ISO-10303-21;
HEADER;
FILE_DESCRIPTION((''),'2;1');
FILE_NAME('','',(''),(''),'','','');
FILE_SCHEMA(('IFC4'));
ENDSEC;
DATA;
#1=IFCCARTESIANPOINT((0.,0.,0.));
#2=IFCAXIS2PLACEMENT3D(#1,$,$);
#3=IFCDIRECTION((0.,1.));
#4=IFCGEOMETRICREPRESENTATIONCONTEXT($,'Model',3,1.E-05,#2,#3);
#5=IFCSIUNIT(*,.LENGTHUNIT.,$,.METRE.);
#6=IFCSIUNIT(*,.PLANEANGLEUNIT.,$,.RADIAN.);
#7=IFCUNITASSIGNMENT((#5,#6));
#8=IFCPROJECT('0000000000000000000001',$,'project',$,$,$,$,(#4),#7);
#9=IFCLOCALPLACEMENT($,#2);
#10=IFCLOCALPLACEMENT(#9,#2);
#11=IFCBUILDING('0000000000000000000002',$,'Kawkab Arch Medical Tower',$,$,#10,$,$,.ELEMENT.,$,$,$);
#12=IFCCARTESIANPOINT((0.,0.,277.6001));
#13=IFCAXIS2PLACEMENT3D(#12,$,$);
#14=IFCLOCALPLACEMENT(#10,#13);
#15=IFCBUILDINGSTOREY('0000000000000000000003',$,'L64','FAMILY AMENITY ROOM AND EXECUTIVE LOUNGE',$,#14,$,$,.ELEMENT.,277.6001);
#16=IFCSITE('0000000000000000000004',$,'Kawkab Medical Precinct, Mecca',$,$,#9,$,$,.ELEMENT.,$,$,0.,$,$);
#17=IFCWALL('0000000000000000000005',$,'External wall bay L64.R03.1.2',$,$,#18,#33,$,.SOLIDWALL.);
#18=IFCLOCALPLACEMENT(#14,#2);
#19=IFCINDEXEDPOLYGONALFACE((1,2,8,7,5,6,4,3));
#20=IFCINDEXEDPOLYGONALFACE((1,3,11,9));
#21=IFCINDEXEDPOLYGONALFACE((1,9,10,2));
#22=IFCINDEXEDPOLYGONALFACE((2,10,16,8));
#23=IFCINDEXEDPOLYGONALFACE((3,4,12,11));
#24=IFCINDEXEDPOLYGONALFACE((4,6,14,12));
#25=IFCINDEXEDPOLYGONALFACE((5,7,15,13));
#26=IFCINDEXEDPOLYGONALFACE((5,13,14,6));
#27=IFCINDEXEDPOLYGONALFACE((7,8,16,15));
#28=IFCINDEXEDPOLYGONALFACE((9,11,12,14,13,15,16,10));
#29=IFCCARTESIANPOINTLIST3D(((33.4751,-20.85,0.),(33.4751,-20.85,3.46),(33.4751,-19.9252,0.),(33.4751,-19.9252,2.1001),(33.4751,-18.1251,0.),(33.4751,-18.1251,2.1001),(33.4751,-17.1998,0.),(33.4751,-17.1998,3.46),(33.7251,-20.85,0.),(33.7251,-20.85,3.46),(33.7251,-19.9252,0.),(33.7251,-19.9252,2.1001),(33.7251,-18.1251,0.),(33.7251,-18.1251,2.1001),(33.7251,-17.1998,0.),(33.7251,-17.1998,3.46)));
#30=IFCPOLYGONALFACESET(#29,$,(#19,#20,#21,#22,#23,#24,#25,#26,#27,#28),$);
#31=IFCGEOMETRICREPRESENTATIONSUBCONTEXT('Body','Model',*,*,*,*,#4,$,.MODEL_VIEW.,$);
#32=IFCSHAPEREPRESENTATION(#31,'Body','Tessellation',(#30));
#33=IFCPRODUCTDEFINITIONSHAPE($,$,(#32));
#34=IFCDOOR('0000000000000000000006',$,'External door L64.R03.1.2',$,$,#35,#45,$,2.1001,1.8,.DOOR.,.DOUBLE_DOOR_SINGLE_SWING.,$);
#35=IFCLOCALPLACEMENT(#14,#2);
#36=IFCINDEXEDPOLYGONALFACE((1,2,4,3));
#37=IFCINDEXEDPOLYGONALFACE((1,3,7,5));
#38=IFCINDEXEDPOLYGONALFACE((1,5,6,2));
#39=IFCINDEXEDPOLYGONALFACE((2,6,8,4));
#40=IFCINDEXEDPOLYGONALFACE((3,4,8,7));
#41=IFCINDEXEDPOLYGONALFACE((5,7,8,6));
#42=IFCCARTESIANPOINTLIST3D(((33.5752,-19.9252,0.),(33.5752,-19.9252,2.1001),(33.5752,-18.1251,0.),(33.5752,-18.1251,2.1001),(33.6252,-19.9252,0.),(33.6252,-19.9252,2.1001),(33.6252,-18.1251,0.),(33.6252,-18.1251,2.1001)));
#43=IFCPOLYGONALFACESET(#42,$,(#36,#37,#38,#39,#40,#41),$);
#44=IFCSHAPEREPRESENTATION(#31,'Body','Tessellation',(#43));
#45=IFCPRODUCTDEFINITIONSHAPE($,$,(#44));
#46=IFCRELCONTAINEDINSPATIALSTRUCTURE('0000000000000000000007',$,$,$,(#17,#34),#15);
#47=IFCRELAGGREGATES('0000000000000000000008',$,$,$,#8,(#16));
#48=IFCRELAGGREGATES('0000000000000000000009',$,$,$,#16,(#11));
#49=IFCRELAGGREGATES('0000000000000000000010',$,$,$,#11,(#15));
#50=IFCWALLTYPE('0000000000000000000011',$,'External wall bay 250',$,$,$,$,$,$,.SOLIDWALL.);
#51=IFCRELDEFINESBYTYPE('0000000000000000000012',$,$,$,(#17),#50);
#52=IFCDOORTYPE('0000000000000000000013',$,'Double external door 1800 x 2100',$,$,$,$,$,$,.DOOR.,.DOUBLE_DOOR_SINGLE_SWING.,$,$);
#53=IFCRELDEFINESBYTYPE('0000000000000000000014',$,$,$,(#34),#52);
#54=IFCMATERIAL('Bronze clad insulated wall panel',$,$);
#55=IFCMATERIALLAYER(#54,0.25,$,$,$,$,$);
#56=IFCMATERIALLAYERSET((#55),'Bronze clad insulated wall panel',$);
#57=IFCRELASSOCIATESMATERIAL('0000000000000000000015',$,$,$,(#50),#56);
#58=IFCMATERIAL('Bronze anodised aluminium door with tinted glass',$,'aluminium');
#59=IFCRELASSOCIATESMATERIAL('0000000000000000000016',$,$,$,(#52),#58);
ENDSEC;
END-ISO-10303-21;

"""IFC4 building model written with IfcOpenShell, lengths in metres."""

from ifc_helpers import new_model, si_unit, direction, frame, frame_2d, origin, place, context, subcontext, project, spatial, rectangle, extrude, material, layer, layer_set, type_object, element, fill, save


model = new_model("IFC4")

# Units and contexts
model_context = context("Model", 3, precision=1e-05, world=origin(), true_north=direction((0.0, 1.0)))
body_context = subcontext(model_context, "Body", "Model", "MODEL_VIEW")
ifc_project = project(units=[si_unit("LENGTHUNIT", "METRE"), si_unit("PLANEANGLEUNIT", "RADIAN")], contexts=[model_context])

# Site, building, storey
site_placement = place(None, origin())
site = spatial("IfcSite", under=ifc_project, at=site_placement, Name="Kawkab Medical Precinct, Mecca", CompositionType="ELEMENT", RefElevation=0.0)
building_placement = place(site_placement, origin())
building = spatial("IfcBuilding", under=site, at=building_placement, Name="Kawkab Arch Medical Tower", CompositionType="ELEMENT")
storey_placement = place(building_placement, frame((0.0, 0.0, 277.6001)))
storey = spatial("IfcBuildingStorey", under=building, at=storey_placement, Name="L64", Description="FAMILY AMENITY ROOM AND EXECUTIVE LOUNGE", CompositionType="ELEMENT", Elevation=277.6001)

# Wall, opening, door
ifc_material_1 = material(Name="Bronze clad insulated wall panel")
ifc_layer_1 = layer(ifc_material_1, 0.25)
ifc_layer_set_1 = layer_set([ifc_layer_1], Name="Bronze clad insulated wall panel")
wall_type_1 = type_object("IfcWallType", Name="External wall bay 250", PredefinedType="SOLIDWALL", material=ifc_layer_set_1)
wall_1_placement = place(storey_placement, frame((33.6001, -20.8501, 0.0), z_axis=(0.0, 0.0, 1.0), x_axis=(0.0, 1.0, 0.0)))
wall_1 = element("IfcWall", 1, at=wall_1_placement, inside=storey, type_object=wall_type_1, Name="External wall bay L64.R03.1.2", PredefinedType="SOLIDWALL", context=body_context, shape_type="SweptSolid", body=[
    extrude(rectangle(XDim=3.6501, YDim=0.25, at=frame_2d((1.8252, 0.0))), origin(), (0.0, 0.0, 1.0), 3.46),
])
opening_1_placement = place(wall_1_placement, frame((0.925, 0.0, 0.0)))
opening_1 = element("IfcOpeningElement", 2, at=opening_1_placement, cuts=wall_1, PredefinedType="OPENING", context=body_context, shape_type="SweptSolid", body=[
    extrude(rectangle(XDim=1.8, YDim=2.1001, at=frame_2d((0.8999, 1.05))), frame((0.0, 0.135, 0.0), z_axis=(0.0, -1.0, 0.0), x_axis=(1.0, 0.0, 0.0)), (0.0, 0.0, 1.0), 0.27),
])
ifc_material_2 = material(Name="Bronze anodised aluminium door with tinted glass", Category="aluminium")
door_type_1 = type_object("IfcDoorType", Name="Double external door 1800 x 2100", OperationType="DOUBLE_DOOR_SINGLE_SWING", PredefinedType="DOOR", material=ifc_material_2)
door_1_placement = place(opening_1_placement, origin())
door_1 = element("IfcDoor", 3, at=door_1_placement, inside=storey, type_object=door_type_1, Name="External door L64.R03.1.2", OperationType="DOUBLE_DOOR_SINGLE_SWING", OverallHeight=2.1001, OverallWidth=1.8, PredefinedType="DOOR", context=body_context, shape_type="SweptSolid", body=[
    extrude(rectangle(XDim=1.8, YDim=2.1001, at=frame_2d((0.8999, 1.05))), frame((0.0, 0.0249, 0.0), z_axis=(0.0, -1.0, 0.0), x_axis=(1.0, 0.0, 0.0)), (0.0, 0.0, 1.0), 0.05),
])
fill(opening_1, door_1)

save(model, "model.ifc")
